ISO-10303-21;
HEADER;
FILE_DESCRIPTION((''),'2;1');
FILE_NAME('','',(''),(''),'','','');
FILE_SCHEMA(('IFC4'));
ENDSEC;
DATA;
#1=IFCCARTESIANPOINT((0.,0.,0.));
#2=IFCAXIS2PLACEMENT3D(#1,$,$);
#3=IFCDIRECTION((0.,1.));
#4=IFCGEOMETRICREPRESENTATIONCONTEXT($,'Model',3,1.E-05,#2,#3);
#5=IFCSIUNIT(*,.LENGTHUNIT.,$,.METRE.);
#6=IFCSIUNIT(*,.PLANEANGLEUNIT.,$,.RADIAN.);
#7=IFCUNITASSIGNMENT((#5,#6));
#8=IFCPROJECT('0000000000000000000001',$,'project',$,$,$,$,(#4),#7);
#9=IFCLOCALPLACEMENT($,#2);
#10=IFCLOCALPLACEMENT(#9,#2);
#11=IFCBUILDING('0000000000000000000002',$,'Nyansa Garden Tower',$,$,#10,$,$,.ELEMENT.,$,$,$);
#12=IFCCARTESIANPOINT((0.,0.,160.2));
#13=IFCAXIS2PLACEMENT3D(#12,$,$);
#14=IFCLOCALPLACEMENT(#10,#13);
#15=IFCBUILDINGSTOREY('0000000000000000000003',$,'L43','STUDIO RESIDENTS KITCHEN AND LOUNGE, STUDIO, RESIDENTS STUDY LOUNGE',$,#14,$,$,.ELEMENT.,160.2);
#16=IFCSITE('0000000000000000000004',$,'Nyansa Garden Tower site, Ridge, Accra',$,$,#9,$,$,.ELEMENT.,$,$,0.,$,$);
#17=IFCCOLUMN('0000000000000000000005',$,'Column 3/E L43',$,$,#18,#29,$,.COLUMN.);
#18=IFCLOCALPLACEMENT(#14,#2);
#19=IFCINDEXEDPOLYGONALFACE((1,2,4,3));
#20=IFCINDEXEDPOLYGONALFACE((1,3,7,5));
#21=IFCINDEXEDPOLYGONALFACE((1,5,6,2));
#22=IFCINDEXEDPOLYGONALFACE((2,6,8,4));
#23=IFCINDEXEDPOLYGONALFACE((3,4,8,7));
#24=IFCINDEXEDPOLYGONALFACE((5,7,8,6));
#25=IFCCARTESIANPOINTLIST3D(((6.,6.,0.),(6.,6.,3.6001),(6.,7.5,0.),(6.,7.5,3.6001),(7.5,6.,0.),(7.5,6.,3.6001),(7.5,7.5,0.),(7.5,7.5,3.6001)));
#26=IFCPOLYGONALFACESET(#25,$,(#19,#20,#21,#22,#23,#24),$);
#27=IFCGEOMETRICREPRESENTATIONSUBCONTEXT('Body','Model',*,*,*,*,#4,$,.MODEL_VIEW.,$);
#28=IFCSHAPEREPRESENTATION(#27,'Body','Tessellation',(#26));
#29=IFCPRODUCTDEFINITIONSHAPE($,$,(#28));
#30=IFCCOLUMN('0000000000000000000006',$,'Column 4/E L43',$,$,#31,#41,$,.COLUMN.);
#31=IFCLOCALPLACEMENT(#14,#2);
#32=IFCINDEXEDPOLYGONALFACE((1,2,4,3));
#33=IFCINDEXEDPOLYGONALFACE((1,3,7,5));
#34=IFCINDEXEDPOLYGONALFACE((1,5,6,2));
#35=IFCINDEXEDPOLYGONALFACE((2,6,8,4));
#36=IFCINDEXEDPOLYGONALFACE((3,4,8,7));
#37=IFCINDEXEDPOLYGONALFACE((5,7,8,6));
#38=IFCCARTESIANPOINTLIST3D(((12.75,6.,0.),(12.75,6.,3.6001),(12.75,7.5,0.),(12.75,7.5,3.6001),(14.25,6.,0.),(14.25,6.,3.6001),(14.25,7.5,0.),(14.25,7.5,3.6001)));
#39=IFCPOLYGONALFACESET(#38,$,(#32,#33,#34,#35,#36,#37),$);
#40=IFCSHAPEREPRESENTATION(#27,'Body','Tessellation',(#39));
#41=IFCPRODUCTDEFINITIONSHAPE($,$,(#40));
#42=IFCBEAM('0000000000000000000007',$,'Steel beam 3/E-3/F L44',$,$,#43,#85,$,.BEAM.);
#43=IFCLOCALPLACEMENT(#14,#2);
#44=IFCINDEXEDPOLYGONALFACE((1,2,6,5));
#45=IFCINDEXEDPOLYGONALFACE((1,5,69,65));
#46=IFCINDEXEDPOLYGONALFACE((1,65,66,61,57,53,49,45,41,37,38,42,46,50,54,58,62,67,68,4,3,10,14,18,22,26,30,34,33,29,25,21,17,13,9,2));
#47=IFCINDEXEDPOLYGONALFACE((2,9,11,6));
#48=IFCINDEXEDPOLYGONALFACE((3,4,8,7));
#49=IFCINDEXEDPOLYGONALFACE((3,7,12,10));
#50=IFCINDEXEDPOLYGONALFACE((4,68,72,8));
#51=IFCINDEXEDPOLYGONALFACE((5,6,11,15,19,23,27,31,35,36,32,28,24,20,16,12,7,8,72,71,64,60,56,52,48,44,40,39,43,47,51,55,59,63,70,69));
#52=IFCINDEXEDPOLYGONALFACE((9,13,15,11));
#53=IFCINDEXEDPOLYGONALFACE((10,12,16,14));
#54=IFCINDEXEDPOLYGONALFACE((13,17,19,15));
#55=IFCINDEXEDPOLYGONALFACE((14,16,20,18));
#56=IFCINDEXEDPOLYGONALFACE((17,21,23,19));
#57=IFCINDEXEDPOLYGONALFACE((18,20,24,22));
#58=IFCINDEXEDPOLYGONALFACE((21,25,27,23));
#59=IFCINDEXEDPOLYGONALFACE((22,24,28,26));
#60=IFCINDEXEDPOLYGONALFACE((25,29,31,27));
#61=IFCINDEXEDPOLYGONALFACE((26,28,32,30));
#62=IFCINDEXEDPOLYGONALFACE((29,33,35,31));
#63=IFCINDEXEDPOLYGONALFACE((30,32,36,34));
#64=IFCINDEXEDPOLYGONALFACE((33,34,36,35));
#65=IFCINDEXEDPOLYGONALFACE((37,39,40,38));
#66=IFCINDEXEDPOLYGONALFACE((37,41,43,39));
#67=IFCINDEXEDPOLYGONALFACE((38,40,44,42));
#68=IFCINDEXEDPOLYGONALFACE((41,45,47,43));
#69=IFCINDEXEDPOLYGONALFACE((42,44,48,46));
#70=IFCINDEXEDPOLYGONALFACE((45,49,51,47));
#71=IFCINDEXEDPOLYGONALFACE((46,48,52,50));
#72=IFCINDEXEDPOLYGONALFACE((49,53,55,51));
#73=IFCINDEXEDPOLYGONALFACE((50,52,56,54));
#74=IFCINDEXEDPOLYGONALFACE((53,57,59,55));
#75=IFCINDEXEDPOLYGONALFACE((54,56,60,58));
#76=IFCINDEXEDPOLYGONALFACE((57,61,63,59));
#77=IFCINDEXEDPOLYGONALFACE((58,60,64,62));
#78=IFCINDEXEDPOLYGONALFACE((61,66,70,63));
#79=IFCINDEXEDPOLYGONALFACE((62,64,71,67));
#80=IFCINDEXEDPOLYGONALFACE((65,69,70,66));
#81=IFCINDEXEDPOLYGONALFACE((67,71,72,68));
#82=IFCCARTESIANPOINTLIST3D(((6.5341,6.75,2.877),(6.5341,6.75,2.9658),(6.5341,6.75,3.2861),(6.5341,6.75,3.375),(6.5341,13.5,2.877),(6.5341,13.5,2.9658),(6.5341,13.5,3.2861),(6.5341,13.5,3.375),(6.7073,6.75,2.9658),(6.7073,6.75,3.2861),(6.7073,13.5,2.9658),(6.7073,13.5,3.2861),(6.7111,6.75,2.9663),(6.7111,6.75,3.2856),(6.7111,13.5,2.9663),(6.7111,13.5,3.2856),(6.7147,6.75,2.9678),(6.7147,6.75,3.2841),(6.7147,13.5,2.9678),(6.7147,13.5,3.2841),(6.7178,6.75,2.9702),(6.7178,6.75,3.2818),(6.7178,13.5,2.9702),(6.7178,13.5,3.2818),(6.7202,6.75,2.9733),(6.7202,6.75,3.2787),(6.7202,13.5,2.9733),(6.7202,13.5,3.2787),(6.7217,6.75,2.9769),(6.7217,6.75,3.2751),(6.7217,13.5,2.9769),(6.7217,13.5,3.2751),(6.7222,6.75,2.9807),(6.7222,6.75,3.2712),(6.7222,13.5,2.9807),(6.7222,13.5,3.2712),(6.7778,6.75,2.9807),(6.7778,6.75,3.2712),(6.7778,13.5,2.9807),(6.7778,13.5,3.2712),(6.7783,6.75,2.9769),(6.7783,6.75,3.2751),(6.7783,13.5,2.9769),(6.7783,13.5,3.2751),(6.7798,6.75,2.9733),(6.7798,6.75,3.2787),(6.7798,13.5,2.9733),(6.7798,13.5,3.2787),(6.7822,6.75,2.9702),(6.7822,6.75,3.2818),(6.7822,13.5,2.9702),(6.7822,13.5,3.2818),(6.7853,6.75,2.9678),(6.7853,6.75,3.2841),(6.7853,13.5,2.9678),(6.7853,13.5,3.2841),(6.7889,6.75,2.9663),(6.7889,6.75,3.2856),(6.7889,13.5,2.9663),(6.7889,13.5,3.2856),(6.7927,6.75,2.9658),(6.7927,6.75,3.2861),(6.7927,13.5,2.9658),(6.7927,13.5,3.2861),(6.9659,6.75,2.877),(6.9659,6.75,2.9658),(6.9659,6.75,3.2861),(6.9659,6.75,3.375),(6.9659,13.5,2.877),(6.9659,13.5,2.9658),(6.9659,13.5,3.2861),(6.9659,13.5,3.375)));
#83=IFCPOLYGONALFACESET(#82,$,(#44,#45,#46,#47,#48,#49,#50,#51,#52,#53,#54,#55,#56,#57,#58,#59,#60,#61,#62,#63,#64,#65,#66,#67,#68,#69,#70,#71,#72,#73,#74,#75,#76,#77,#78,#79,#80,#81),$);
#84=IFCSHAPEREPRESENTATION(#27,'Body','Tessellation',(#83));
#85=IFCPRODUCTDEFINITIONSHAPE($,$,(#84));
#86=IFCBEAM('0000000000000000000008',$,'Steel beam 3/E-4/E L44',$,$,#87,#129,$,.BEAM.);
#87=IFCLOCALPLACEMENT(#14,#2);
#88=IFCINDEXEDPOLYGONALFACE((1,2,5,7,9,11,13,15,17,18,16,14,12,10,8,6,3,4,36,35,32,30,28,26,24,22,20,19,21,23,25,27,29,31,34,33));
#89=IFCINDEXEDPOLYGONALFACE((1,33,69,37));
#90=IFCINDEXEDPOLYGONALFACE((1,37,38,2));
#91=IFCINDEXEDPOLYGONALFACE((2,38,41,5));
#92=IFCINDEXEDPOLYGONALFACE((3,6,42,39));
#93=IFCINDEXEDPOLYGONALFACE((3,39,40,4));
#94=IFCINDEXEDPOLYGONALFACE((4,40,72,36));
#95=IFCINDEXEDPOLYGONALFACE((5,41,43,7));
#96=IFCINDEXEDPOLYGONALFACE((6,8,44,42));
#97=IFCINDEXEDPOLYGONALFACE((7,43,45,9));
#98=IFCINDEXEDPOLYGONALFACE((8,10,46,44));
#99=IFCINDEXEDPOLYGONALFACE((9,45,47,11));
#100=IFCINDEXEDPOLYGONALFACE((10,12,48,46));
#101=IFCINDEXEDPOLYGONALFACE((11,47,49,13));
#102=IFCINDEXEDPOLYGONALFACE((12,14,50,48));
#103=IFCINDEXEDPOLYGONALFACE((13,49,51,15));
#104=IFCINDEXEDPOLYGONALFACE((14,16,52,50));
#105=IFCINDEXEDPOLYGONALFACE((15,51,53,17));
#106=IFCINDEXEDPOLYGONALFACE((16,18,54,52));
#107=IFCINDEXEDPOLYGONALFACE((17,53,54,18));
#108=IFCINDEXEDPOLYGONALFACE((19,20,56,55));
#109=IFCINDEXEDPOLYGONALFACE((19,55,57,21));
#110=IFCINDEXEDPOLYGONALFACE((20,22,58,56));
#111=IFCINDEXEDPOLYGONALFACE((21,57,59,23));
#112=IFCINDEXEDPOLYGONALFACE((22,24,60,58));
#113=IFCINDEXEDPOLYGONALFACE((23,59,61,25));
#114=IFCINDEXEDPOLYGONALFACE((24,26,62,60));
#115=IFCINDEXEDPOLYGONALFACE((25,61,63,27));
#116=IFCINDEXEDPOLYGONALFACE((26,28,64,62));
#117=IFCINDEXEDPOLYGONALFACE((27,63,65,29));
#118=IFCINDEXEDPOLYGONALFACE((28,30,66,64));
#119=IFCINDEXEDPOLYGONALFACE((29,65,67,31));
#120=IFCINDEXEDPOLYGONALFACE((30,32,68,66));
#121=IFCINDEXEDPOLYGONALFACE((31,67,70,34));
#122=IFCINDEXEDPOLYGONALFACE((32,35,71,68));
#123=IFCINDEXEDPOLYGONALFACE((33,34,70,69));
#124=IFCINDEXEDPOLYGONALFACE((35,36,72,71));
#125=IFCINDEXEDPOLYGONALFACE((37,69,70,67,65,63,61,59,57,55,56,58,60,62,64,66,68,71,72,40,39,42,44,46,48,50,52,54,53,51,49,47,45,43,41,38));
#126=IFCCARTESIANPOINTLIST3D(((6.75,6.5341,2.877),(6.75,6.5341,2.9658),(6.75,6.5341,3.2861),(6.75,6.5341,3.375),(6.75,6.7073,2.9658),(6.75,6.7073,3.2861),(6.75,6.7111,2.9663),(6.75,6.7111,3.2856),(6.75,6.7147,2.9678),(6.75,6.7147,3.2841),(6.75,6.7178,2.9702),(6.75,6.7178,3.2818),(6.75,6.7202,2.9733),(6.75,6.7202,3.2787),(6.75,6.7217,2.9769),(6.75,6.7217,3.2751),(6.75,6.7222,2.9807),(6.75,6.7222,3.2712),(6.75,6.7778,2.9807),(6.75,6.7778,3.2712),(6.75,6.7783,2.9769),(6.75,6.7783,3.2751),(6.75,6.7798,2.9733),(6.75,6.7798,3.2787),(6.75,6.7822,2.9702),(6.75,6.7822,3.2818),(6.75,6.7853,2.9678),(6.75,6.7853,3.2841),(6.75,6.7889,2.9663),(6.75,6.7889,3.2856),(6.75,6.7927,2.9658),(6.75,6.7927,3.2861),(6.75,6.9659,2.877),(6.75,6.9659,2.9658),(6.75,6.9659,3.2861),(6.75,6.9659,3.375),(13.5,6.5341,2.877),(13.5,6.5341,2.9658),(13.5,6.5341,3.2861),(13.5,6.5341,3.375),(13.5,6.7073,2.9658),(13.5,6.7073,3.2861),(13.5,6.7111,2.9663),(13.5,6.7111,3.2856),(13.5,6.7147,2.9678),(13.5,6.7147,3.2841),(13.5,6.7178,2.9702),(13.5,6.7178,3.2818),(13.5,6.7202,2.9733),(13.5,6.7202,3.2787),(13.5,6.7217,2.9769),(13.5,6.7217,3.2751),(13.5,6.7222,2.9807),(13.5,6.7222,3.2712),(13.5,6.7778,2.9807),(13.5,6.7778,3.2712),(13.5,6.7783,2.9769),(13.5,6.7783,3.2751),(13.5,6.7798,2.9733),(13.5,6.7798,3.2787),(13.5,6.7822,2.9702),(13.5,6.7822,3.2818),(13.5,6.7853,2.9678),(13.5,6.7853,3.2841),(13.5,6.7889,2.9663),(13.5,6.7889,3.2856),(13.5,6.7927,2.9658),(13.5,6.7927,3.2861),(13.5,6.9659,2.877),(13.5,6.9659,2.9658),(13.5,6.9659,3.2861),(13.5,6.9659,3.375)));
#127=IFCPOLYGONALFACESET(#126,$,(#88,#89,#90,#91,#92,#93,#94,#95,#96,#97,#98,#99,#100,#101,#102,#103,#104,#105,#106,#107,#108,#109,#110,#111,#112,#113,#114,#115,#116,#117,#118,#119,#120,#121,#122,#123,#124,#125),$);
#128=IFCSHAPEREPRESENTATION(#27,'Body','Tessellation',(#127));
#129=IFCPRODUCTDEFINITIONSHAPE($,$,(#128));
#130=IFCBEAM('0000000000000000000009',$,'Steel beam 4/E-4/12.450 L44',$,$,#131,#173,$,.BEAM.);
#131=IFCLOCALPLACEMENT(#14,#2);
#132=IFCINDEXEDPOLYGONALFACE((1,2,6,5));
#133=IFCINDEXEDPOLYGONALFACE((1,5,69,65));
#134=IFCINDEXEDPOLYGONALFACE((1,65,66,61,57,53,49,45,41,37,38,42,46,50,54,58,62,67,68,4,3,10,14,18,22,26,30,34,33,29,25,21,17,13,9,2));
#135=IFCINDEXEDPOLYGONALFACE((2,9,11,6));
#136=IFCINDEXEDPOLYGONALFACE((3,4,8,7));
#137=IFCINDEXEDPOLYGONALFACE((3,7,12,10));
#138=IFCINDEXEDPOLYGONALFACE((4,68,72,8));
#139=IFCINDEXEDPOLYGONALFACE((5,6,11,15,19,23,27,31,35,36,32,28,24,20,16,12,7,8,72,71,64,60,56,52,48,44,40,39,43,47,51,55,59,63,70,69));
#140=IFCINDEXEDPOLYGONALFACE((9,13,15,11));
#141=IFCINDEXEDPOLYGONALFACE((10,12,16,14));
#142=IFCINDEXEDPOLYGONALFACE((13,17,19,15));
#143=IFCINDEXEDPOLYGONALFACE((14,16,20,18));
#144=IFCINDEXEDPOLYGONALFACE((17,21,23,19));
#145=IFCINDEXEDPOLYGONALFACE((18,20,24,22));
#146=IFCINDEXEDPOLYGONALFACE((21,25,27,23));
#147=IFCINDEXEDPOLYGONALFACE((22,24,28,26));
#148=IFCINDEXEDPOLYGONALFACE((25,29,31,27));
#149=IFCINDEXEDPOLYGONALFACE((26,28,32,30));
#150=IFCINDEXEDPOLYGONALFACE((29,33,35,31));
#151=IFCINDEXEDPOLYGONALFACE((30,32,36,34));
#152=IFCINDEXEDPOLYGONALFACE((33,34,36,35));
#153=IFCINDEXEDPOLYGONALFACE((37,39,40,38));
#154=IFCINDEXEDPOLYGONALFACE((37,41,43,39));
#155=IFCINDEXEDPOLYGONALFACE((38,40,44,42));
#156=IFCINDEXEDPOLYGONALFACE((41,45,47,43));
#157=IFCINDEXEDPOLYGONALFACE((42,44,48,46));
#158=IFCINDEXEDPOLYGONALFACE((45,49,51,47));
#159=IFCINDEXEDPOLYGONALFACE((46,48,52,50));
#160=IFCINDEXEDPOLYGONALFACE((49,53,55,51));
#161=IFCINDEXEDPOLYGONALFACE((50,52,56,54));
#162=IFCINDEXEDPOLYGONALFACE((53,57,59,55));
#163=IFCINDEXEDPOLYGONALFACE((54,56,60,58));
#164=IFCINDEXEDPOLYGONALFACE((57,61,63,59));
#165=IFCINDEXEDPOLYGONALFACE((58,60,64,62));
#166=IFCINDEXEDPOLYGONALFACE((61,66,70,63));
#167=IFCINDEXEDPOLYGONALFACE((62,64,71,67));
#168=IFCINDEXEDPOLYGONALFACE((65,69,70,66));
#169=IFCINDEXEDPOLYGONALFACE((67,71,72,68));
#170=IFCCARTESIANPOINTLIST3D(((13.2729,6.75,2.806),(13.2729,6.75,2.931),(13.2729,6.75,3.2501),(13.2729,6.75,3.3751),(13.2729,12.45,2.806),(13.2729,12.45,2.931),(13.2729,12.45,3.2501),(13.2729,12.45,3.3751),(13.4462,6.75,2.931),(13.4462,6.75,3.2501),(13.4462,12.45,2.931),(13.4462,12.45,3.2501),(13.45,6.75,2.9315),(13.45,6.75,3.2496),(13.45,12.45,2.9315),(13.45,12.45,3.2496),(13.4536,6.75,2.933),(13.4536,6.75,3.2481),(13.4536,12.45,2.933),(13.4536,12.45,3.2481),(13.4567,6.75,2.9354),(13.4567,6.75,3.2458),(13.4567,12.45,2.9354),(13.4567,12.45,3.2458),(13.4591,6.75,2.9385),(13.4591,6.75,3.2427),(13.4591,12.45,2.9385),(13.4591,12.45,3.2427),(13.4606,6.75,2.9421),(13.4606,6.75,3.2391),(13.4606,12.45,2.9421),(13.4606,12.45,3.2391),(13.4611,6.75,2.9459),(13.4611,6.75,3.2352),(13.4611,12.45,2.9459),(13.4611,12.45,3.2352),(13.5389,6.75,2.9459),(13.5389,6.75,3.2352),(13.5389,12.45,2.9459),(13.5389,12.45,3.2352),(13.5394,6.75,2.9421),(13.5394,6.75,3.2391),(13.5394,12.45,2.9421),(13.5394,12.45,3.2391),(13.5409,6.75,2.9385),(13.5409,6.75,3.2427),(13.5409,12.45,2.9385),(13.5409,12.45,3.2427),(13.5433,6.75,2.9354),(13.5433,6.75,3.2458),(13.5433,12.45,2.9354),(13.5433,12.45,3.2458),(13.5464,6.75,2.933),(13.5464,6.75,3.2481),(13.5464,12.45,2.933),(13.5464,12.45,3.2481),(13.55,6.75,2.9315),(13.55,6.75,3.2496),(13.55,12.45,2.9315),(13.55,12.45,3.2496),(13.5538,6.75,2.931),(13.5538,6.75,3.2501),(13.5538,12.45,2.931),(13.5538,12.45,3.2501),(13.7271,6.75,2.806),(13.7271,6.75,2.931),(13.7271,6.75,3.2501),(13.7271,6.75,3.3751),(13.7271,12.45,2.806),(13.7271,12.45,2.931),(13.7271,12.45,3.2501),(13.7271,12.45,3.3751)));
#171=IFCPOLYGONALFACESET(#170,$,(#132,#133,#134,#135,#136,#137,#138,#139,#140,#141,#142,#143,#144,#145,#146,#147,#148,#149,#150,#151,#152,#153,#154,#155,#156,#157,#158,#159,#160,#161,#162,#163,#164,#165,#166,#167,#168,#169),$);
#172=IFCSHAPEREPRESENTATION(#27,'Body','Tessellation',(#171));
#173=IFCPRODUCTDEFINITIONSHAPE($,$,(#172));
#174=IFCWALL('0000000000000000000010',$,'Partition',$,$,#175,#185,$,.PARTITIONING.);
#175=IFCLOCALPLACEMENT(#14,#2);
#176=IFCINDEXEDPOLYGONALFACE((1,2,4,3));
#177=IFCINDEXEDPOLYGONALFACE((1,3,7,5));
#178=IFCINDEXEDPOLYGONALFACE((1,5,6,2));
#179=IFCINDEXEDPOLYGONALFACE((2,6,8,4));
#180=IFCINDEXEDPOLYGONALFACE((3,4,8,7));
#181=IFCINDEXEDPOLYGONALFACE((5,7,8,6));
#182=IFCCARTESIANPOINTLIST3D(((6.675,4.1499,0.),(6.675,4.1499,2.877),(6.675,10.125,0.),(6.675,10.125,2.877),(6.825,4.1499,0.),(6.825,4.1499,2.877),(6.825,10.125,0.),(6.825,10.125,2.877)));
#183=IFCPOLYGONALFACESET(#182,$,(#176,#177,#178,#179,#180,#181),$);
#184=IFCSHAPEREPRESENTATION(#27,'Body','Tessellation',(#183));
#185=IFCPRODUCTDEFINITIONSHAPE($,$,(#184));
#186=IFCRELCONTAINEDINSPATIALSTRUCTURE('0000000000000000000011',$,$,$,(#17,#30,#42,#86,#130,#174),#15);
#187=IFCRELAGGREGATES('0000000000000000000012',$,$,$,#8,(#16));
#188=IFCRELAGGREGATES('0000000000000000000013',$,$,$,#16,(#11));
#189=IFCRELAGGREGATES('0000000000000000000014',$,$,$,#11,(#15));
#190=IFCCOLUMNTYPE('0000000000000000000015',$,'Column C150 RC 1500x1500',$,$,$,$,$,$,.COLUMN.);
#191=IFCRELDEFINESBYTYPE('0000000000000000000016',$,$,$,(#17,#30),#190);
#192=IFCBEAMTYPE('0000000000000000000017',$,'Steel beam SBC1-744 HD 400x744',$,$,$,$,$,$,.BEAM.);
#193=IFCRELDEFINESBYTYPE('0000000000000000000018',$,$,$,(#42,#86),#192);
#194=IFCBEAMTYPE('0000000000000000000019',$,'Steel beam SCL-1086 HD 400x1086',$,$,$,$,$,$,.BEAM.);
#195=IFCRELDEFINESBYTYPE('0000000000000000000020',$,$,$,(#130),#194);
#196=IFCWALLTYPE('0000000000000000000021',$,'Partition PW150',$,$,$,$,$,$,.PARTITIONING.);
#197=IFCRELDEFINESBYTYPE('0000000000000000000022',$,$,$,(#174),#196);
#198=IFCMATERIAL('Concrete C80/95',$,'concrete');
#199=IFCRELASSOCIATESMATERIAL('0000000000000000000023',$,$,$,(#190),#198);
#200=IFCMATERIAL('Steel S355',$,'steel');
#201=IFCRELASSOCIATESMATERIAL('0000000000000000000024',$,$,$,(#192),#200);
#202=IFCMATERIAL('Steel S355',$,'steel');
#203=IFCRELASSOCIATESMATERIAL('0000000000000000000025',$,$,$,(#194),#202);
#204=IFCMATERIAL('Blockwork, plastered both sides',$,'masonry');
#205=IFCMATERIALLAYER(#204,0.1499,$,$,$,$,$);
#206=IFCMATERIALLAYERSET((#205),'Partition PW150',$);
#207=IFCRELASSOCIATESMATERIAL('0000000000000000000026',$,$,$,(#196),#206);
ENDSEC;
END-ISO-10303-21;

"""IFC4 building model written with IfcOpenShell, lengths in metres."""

from ifc_helpers import new_model, si_unit, direction, frame, frame_2d, origin, origin_2d, place, context, subcontext, project, spatial, rectangle, i_section, extrude, material, layer, layer_set, material_profile, profile_set, type_object, element, save


model = new_model("IFC4")

# Units and contexts
model_context = context("Model", 3, precision=1e-05, world=origin(), true_north=direction((0.0, 1.0)))
body_context = subcontext(model_context, "Body", "Model", "MODEL_VIEW")
ifc_project = project(units=[si_unit("LENGTHUNIT", "METRE"), si_unit("PLANEANGLEUNIT", "RADIAN")], contexts=[model_context])

# Site, building, storey
site_placement = place(None, origin())
site = spatial("IfcSite", under=ifc_project, at=site_placement, Name="Nyansa Garden Tower site, Ridge, Accra", CompositionType="ELEMENT", RefElevation=0.0)
building_placement = place(site_placement, origin())
building = spatial("IfcBuilding", under=site, at=building_placement, Name="Nyansa Garden Tower", CompositionType="ELEMENT")
storey_placement = place(building_placement, frame((0.0, 0.0, 160.2)))
storey = spatial("IfcBuildingStorey", under=building, at=storey_placement, Name="L43", Description="STUDIO RESIDENTS KITCHEN AND LOUNGE, STUDIO, RESIDENTS STUDY LOUNGE", CompositionType="ELEMENT", Elevation=160.2)

# Columns
ifc_material_1 = material(Name="Concrete C80/95", Category="concrete")
ifc_material_profile_1 = material_profile(ifc_material_1, rectangle(XDim=1.5, YDim=1.5, at=origin_2d()), Name="RC 1500x1500")
ifc_profile_set_1 = profile_set([ifc_material_profile_1], Name="Concrete C80/95")
column_type = type_object("IfcColumnType", Name="Column C150 RC 1500x1500", PredefinedType="COLUMN", material=ifc_profile_set_1)
for number, where, z_axis, x_axis, name in (
    (1, (6.75, 6.75, 0.0), (0.0, 0.0, 1.0), (1.0, 0.0, 0.0), "Column 3/E L43"),
    (2, (13.5, 6.75, 0.0), (0.0, 0.0, 1.0), (1.0, 0.0, 0.0), "Column 4/E L43"),
):
    element("IfcColumn", number, at=place(storey_placement, frame(where, z_axis=z_axis, x_axis=x_axis)), inside=storey, type_object=column_type, Name=name, PredefinedType="COLUMN", context=body_context, shape_type="SweptSolid", body=[
        extrude(rectangle(XDim=1.5, YDim=1.5, at=origin_2d()), origin(), (0.0, 0.0, 1.0), 3.6001),
    ])

# Beams
ifc_material_2 = material(Name="Steel S355", Category="steel")
ifc_material_profile_2 = material_profile(ifc_material_2, i_section(OverallWidth=0.4319, OverallDepth=0.498, WebThickness=0.0557, FlangeThickness=0.0889, FilletRadius=0.0149, at=origin_2d()), Name="HD 400x744")
ifc_profile_set_2 = profile_set([ifc_material_profile_2], Name="Steel S355")
beam_type_1 = type_object("IfcBeamType", Name="Steel beam SBC1-744 HD 400x744", PredefinedType="BEAM", material=ifc_profile_set_2)
for number, where, z_axis, x_axis, name in (
    (3, (6.75, 6.75, 3.126), (0.0, 1.0, 0.0), (-1.0, 0.0, 0.0), "Steel beam 3/E-3/F L44"),
    (4, (6.75, 6.75, 3.126), (1.0, 0.0, 0.0), (0.0, 1.0, 0.0), "Steel beam 3/E-4/E L44"),
):
    element("IfcBeam", number, at=place(storey_placement, frame(where, z_axis=z_axis, x_axis=x_axis)), inside=storey, type_object=beam_type_1, Name=name, PredefinedType="BEAM", context=body_context, shape_type="SweptSolid", body=[
        extrude(i_section(OverallWidth=0.4319, OverallDepth=0.498, WebThickness=0.0557, FlangeThickness=0.0889, FilletRadius=0.0149, at=origin_2d()), origin(), (0.0, 0.0, 1.0), 6.75),
    ])
ifc_material_3 = material(Name="Steel S355", Category="steel")
ifc_material_profile_3 = material_profile(ifc_material_3, i_section(OverallWidth=0.4541, OverallDepth=0.5691, WebThickness=0.0779, FlangeThickness=0.125, FilletRadius=0.0149, at=origin_2d()), Name="HD 400x1086")
ifc_profile_set_3 = profile_set([ifc_material_profile_3], Name="Steel S355")
beam_type_2 = type_object("IfcBeamType", Name="Steel beam SCL-1086 HD 400x1086", PredefinedType="BEAM", material=ifc_profile_set_3)
beam_placement = place(storey_placement, frame((13.5, 6.75, 3.0906), z_axis=(0.0, 1.0, 0.0), x_axis=(-1.0, 0.0, 0.0)))
element("IfcBeam", 5, at=beam_placement, inside=storey, type_object=beam_type_2, Name="Steel beam 4/E-4/12.450 L44", PredefinedType="BEAM", context=body_context, shape_type="SweptSolid", body=[
    extrude(i_section(OverallWidth=0.4541, OverallDepth=0.5691, WebThickness=0.0779, FlangeThickness=0.125, FilletRadius=0.0149, at=origin_2d()), origin(), (0.0, 0.0, 1.0), 5.7),
])

# Wall
ifc_material_4 = material(Name="Blockwork, plastered both sides", Category="masonry")
ifc_layer_1 = layer(ifc_material_4, 0.1499)
ifc_layer_set_1 = layer_set([ifc_layer_1], Name="Partition PW150")
wall_type_1 = type_object("IfcWallType", Name="Partition PW150", PredefinedType="PARTITIONING", material=ifc_layer_set_1)
wall_1_placement = place(storey_placement, frame((6.75, 4.1499, 0.0), z_axis=(0.0, 0.0, 1.0), x_axis=(0.0, 1.0, 0.0)))
element("IfcWall", 6, at=wall_1_placement, inside=storey, type_object=wall_type_1, Name="Partition", PredefinedType="PARTITIONING", context=body_context, shape_type="SweptSolid", body=[
    extrude(rectangle(XDim=5.9751, YDim=0.1499, at=frame_2d((2.9875, 0.0))), origin(), (0.0, 0.0, 1.0), 2.877),
])

save(model, "model.ifc")
